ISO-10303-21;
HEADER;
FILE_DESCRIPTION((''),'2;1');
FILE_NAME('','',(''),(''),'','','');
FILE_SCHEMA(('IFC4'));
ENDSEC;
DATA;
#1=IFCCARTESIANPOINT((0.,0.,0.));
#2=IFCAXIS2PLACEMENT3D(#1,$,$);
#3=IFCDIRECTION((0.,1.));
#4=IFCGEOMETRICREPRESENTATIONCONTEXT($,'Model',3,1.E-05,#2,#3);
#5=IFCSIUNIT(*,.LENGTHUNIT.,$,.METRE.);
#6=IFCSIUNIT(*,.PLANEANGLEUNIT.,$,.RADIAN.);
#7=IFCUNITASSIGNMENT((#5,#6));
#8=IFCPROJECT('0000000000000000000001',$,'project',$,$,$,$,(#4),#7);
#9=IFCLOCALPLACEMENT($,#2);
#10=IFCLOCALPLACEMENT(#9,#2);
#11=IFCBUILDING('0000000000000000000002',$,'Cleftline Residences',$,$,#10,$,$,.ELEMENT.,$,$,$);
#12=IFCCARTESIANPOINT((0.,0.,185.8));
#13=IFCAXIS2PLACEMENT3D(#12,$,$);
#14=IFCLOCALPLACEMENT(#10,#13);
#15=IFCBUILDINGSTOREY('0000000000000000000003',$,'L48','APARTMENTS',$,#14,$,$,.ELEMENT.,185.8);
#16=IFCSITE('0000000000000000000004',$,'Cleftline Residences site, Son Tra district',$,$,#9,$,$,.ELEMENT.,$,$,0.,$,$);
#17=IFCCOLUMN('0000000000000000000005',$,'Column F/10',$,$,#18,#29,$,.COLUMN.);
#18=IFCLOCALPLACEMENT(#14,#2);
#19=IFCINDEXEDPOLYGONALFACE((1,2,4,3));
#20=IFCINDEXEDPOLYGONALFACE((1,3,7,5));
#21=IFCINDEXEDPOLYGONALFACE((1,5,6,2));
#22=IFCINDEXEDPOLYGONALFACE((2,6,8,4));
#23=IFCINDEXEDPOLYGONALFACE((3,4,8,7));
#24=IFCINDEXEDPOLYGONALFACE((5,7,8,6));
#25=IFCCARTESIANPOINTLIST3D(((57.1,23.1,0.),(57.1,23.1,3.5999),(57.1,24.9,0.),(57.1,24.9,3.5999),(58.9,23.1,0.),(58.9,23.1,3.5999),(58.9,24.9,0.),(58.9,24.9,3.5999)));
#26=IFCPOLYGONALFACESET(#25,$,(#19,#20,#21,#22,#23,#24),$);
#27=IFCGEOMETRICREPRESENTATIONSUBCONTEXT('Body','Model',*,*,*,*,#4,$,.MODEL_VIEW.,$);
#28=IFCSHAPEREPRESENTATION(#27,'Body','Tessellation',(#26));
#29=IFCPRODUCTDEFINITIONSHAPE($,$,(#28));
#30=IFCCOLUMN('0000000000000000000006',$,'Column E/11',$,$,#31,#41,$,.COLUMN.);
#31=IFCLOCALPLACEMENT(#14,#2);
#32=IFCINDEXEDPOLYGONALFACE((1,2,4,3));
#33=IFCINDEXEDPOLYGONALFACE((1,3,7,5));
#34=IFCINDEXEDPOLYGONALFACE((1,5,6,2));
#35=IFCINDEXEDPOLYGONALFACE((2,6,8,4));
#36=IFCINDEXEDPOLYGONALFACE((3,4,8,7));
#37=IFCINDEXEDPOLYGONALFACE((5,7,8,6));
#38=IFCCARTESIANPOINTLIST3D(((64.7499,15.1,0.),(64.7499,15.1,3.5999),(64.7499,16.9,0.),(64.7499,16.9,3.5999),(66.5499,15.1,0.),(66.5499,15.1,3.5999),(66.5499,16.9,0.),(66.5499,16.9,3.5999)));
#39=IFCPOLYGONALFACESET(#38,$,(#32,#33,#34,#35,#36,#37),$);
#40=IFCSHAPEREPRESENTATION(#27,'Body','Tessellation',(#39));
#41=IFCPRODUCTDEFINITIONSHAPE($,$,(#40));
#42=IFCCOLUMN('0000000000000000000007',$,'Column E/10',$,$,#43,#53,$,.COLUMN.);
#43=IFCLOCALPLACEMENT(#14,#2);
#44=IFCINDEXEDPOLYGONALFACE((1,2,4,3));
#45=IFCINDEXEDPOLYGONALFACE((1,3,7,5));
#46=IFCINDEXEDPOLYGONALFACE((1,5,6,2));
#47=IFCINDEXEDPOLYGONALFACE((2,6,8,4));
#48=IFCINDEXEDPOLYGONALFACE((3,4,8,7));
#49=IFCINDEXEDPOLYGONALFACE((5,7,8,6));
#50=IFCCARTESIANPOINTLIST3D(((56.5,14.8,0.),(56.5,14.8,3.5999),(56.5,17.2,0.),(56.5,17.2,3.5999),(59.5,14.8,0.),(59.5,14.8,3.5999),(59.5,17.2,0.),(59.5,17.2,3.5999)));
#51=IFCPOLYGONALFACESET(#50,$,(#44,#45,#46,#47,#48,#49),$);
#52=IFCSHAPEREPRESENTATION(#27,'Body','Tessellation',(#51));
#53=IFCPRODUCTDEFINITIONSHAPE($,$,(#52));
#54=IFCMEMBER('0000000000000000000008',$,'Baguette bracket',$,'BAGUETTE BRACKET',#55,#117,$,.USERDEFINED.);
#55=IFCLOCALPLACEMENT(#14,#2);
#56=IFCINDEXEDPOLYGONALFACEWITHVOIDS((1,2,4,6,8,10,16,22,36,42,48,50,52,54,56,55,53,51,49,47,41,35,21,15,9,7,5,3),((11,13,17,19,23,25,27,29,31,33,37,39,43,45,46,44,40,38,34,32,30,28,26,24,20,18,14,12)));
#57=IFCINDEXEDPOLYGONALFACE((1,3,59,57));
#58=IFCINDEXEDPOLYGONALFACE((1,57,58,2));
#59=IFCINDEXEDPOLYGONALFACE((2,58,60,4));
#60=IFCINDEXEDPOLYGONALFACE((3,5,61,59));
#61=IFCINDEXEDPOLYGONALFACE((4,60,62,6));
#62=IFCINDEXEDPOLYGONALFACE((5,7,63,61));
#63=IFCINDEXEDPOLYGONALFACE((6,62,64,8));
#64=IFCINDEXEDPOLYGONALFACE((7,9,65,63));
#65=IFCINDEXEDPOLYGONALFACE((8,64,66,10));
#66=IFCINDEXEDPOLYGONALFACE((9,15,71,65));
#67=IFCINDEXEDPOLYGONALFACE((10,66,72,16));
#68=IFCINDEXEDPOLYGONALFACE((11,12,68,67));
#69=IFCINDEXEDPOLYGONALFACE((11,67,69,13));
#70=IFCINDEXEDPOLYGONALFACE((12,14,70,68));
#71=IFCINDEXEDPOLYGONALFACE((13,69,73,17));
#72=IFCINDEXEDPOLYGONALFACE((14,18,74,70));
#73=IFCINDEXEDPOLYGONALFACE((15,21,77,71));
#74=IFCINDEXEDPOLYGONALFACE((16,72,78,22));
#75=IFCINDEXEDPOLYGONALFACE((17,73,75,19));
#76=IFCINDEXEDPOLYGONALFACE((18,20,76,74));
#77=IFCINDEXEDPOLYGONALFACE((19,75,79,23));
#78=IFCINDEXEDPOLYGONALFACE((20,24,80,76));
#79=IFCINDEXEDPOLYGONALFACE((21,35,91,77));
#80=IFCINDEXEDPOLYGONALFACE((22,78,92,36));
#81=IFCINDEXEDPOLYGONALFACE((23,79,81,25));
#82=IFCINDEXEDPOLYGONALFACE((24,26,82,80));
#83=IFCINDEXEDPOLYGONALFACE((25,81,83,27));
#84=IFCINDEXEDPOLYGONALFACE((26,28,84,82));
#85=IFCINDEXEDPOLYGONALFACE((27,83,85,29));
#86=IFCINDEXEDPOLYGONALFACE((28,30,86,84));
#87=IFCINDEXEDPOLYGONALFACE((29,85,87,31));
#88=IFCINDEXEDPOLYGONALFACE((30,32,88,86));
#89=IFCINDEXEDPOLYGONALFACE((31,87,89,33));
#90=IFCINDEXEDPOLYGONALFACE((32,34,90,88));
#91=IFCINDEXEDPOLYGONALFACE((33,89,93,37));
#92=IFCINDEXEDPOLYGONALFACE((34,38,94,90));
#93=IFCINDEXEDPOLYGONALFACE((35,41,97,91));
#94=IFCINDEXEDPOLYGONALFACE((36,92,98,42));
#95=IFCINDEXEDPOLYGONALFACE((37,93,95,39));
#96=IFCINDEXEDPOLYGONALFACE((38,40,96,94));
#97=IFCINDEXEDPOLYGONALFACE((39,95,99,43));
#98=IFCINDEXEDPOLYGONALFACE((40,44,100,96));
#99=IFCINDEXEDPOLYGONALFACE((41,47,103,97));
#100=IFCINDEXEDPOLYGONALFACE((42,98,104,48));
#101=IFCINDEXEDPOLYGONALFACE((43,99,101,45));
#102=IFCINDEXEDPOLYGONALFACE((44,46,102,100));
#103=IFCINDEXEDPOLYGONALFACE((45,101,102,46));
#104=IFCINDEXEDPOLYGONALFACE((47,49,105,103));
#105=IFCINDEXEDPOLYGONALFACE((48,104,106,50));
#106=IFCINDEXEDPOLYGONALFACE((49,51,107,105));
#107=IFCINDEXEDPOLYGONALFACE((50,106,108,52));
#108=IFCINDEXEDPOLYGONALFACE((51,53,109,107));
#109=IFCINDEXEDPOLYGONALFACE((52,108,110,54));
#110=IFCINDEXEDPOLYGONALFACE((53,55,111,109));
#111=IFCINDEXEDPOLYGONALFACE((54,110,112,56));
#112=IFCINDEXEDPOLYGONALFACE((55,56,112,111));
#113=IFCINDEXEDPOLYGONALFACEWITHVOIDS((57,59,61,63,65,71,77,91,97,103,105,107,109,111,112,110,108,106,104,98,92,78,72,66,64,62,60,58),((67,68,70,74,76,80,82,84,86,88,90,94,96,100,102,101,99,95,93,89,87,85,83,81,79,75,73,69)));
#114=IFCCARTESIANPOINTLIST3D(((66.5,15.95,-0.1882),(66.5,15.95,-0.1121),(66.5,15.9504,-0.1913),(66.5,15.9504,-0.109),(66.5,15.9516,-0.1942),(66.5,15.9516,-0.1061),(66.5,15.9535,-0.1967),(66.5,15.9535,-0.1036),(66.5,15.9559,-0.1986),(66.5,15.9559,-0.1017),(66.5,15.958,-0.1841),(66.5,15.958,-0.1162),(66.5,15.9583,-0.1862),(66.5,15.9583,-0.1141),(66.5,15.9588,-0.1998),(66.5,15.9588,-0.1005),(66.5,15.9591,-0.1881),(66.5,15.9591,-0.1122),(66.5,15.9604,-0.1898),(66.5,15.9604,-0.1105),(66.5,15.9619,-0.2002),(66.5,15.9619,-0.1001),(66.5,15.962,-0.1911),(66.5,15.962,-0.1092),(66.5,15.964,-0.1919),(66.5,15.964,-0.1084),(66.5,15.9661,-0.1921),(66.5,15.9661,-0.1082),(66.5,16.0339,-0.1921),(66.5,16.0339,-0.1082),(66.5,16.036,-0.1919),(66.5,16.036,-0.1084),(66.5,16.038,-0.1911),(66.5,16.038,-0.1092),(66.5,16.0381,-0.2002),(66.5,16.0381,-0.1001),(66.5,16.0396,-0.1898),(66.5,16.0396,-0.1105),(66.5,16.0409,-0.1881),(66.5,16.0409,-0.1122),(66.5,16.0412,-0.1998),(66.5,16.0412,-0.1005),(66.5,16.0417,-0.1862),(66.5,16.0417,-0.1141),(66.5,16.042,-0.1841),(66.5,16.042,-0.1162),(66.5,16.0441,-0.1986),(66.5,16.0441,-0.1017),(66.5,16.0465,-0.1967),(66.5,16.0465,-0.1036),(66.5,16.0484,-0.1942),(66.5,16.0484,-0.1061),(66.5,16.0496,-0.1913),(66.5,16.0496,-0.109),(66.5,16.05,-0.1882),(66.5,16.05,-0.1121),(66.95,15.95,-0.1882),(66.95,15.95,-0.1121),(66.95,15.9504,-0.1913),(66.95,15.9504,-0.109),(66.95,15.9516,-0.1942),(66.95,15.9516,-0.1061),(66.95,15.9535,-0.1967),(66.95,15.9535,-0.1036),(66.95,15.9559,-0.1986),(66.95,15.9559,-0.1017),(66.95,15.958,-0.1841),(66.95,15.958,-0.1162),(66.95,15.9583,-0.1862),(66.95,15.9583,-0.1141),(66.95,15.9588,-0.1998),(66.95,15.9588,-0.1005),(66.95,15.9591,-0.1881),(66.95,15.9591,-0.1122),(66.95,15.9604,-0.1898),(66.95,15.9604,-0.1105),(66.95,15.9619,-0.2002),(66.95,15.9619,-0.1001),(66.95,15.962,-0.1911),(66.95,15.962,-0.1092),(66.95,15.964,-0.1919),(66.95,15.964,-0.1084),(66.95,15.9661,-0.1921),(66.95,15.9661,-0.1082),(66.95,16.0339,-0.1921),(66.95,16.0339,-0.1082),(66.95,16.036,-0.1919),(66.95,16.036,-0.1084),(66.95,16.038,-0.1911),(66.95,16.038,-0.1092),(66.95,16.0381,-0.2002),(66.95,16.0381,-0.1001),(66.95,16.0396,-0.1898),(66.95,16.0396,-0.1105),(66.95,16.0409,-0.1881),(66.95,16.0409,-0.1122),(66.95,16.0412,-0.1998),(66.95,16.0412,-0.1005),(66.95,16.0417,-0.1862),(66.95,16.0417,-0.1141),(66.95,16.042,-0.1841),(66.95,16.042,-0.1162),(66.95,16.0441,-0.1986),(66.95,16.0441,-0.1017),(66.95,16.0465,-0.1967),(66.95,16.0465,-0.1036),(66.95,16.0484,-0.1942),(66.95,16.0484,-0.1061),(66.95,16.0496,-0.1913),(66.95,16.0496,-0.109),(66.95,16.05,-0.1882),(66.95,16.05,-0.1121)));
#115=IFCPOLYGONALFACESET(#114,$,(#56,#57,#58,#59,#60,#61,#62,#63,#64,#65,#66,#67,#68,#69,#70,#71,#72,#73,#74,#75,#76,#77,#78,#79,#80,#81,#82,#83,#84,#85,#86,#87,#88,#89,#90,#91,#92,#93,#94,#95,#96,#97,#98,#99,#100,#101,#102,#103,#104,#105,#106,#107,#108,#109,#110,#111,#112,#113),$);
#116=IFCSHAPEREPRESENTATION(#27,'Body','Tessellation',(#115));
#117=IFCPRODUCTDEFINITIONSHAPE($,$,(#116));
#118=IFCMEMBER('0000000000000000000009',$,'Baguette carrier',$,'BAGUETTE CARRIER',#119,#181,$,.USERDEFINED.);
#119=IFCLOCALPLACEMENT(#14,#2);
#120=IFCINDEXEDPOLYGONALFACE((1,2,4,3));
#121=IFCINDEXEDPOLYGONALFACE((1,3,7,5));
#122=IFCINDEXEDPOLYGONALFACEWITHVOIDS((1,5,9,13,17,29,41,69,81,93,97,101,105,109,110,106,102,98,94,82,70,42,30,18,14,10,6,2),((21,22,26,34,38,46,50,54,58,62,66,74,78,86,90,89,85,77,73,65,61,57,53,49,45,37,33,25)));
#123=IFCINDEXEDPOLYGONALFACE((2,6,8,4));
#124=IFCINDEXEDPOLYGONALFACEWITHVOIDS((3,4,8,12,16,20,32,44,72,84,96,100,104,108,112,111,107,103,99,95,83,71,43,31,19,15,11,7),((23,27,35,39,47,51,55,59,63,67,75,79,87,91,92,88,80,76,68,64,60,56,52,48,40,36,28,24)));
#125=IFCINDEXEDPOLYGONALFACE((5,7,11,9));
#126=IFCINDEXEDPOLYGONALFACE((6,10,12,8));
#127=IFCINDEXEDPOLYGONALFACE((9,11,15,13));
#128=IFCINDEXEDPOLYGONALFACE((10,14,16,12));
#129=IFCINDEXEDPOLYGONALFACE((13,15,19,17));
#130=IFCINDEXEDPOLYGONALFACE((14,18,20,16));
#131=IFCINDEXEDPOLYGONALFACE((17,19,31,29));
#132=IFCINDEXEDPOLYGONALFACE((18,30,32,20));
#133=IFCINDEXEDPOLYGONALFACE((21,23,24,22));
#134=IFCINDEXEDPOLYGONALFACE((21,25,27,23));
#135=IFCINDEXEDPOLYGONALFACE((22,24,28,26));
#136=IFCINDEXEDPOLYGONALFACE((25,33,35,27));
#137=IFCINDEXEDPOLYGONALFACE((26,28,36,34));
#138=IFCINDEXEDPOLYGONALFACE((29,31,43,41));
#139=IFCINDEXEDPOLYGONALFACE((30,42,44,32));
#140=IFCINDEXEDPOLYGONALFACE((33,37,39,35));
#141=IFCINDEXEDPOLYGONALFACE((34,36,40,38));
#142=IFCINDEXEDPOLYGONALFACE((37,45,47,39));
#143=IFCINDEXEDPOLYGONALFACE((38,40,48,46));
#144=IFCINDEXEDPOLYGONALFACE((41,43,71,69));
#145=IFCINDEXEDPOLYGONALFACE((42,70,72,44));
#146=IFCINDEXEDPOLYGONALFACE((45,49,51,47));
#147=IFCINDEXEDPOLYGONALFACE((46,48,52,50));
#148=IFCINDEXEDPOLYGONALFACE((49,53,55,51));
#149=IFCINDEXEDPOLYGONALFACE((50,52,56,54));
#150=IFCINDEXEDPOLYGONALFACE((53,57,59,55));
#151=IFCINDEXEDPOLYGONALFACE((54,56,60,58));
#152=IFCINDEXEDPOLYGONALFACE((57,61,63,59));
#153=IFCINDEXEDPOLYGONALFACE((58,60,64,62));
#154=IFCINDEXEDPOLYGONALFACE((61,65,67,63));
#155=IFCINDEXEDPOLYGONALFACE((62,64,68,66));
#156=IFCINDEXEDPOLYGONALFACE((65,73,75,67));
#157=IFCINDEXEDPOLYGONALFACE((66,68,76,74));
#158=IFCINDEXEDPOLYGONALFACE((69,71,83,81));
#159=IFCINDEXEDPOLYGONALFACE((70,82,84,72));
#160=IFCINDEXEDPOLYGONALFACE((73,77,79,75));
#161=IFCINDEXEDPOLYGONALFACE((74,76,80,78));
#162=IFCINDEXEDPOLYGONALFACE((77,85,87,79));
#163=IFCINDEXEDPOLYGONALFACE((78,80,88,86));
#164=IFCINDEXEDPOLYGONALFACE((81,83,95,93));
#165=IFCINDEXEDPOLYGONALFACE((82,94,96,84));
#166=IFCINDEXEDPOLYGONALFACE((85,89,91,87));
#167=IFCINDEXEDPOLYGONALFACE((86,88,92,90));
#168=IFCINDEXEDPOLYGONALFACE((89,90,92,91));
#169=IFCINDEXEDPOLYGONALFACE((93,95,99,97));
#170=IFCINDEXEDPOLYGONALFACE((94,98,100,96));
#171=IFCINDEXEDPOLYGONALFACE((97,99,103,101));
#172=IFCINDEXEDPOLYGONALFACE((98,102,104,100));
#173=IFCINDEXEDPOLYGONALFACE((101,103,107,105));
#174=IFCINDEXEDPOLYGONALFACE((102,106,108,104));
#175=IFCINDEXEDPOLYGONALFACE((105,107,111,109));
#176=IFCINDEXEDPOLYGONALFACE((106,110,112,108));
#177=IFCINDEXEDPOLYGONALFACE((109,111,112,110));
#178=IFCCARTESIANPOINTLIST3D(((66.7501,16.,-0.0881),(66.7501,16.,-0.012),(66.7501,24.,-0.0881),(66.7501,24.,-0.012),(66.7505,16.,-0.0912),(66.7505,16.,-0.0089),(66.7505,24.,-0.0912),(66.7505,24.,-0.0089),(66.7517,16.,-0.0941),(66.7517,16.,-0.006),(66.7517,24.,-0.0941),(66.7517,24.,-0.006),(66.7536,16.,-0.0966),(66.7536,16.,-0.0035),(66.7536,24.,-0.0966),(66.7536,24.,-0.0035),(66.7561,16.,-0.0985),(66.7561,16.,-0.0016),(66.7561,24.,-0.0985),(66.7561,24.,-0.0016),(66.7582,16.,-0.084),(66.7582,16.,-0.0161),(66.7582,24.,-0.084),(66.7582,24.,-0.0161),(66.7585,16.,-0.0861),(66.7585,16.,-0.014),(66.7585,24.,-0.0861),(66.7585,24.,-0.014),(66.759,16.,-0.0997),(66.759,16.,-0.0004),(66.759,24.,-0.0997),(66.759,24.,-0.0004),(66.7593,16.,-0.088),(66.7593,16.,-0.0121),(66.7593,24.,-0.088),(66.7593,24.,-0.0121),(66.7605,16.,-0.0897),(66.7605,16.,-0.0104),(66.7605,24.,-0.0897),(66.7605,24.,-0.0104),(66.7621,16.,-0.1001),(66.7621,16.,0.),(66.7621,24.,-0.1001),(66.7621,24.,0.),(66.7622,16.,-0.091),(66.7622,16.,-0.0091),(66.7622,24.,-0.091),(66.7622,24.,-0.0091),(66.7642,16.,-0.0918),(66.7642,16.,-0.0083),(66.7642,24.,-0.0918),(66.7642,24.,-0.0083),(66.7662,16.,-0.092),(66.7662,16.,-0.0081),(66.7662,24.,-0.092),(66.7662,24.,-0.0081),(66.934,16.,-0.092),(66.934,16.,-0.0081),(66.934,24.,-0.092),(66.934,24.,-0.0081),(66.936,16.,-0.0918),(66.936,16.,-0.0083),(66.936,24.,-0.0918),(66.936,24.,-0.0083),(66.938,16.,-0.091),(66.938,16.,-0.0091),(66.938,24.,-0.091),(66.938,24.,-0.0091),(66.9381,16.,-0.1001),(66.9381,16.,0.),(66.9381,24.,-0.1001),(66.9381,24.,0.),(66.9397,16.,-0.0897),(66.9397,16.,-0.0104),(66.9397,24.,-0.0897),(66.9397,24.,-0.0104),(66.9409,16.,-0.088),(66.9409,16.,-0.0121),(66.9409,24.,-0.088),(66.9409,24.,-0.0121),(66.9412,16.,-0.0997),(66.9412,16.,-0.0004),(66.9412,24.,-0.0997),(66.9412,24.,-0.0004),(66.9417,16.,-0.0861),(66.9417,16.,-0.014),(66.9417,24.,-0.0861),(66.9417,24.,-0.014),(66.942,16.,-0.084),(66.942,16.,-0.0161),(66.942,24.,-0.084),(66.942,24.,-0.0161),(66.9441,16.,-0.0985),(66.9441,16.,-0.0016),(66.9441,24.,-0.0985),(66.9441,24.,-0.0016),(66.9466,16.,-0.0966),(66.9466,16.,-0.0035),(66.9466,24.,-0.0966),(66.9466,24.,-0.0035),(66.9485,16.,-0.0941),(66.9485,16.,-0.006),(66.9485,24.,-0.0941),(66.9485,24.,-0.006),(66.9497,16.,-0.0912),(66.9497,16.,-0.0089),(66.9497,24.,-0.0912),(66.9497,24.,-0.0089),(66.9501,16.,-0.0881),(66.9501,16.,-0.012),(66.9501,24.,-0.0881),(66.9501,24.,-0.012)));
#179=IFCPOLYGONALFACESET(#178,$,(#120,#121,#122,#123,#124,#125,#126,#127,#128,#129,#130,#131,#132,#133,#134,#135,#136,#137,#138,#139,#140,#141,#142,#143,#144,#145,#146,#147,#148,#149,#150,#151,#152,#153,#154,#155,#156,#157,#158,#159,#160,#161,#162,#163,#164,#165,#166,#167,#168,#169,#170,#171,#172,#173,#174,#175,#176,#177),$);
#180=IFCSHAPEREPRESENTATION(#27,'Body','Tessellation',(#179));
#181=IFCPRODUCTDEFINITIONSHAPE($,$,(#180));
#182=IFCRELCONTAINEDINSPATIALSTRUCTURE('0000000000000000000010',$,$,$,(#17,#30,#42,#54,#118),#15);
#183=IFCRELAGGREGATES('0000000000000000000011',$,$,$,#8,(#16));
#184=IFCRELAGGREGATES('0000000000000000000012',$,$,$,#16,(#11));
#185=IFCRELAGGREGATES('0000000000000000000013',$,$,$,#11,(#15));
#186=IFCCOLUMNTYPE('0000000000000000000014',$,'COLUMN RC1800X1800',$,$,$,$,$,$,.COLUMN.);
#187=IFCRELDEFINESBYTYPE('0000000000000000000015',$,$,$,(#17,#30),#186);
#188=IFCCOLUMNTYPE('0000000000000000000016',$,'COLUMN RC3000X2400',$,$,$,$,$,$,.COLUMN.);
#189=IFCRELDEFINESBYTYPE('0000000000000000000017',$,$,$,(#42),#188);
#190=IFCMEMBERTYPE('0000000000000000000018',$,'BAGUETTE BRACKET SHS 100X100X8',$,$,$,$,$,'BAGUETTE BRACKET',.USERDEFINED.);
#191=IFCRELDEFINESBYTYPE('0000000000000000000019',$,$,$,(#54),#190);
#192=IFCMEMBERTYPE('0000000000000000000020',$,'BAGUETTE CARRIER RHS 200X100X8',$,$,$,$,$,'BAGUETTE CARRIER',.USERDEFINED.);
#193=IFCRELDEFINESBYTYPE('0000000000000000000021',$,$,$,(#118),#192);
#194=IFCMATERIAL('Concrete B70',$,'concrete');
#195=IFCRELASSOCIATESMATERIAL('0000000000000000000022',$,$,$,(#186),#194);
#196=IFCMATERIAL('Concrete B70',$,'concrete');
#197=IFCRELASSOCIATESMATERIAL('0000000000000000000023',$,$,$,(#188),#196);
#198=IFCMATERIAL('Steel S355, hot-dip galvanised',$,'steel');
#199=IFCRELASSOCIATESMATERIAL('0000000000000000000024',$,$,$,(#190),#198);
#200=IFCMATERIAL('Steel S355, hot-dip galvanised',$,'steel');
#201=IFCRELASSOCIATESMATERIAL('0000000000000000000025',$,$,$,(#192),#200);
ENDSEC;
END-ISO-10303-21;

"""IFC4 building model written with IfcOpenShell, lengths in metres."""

from ifc_helpers import new_model, si_unit, direction, frame, origin, origin_2d, place, context, subcontext, project, spatial, rectangle, hollow_rectangle, extrude, material, material_profile, profile_set, type_object, element, save


model = new_model("IFC4")

# Units and contexts
model_context = context("Model", 3, precision=1e-05, world=origin(), true_north=direction((0.0, 1.0)))
body_context = subcontext(model_context, "Body", "Model", "MODEL_VIEW")
ifc_project = project(units=[si_unit("LENGTHUNIT", "METRE"), si_unit("PLANEANGLEUNIT", "RADIAN")], contexts=[model_context])

# Site, building, storey
site_placement = place(None, origin())
site = spatial("IfcSite", under=ifc_project, at=site_placement, Name="Cleftline Residences site, Son Tra district", CompositionType="ELEMENT", RefElevation=0.0)
building_placement = place(site_placement, origin())
building = spatial("IfcBuilding", under=site, at=building_placement, Name="Cleftline Residences", CompositionType="ELEMENT")
storey_placement = place(building_placement, frame((0.0, 0.0, 185.8)))
storey = spatial("IfcBuildingStorey", under=building, at=storey_placement, Name="L48", Description="APARTMENTS", CompositionType="ELEMENT", Elevation=185.8)

# Columns
ifc_material_1 = material(Name="Concrete B70", Category="concrete")
ifc_material_profile_1 = material_profile(ifc_material_1, rectangle(XDim=1.8, YDim=1.8, at=origin_2d()))
ifc_profile_set_1 = profile_set([ifc_material_profile_1], Name="Concrete B70")
column_type_1 = type_object("IfcColumnType", Name="COLUMN RC1800X1800", PredefinedType="COLUMN", material=ifc_profile_set_1)
for number, where, z_axis, x_axis, name in (
    (1, (58.0, 24.0, 0.0), (0.0, 0.0, 1.0), (1.0, 0.0, 0.0), "Column F/10"),
    (2, (65.6499, 16.0, 0.0), (0.0, 0.0, 1.0), (1.0, 0.0, 0.0), "Column E/11"),
):
    element("IfcColumn", number, at=place(storey_placement, frame(where, z_axis=z_axis, x_axis=x_axis)), inside=storey, type_object=column_type_1, Name=name, PredefinedType="COLUMN", context=body_context, shape_type="SweptSolid", body=[
        extrude(rectangle(XDim=1.8, YDim=1.8, at=origin_2d()), origin(), (0.0, 0.0, 1.0), 3.5999),
    ])
ifc_material_2 = material(Name="Concrete B70", Category="concrete")
ifc_material_profile_2 = material_profile(ifc_material_2, rectangle(XDim=3.0, YDim=2.3999, at=origin_2d()))
ifc_profile_set_2 = profile_set([ifc_material_profile_2], Name="Concrete B70")
column_type_2 = type_object("IfcColumnType", Name="COLUMN RC3000X2400", PredefinedType="COLUMN", material=ifc_profile_set_2)
column_placement = place(storey_placement, frame((58.0, 16.0, 0.0), z_axis=(0.0, 0.0, 1.0), x_axis=(1.0, 0.0, 0.0)))
element("IfcColumn", 3, at=column_placement, inside=storey, type_object=column_type_2, Name="Column E/10", PredefinedType="COLUMN", context=body_context, shape_type="SweptSolid", body=[
    extrude(rectangle(XDim=3.0, YDim=2.3999, at=origin_2d()), origin(), (0.0, 0.0, 1.0), 3.5999),
])

# Members
ifc_material_3 = material(Name="Steel S355, hot-dip galvanised", Category="steel")
ifc_material_profile_3 = material_profile(ifc_material_3, hollow_rectangle(XDim=0.1001, YDim=0.1001, WallThickness=0.0081, InnerFilletRadius=0.0081, OuterFilletRadius=0.012, at=origin_2d()))
ifc_profile_set_3 = profile_set([ifc_material_profile_3], Name="Steel S355, hot-dip galvanised")
member_type_1 = type_object("IfcMemberType", Name="BAGUETTE BRACKET SHS 100X100X8", ElementType="BAGUETTE BRACKET", PredefinedType="USERDEFINED", material=ifc_profile_set_3)
member_1_placement = place(storey_placement, frame((66.5, 16.0, -0.1501), z_axis=(1.0, 0.0, 0.0), x_axis=(0.0, 1.0, 0.0)))
element("IfcMember", 4, at=member_1_placement, inside=storey, type_object=member_type_1, Name="Baguette bracket", ObjectType="BAGUETTE BRACKET", PredefinedType="USERDEFINED", context=body_context, shape_type="SweptSolid", body=[
    extrude(hollow_rectangle(XDim=0.1001, YDim=0.1001, WallThickness=0.0081, InnerFilletRadius=0.0081, OuterFilletRadius=0.012, at=origin_2d()), origin(), (0.0, 0.0, 1.0), 0.45),
])
ifc_material_4 = material(Name="Steel S355, hot-dip galvanised", Category="steel")
ifc_material_profile_4 = material_profile(ifc_material_4, hollow_rectangle(XDim=0.1001, YDim=0.2, WallThickness=0.0081, InnerFilletRadius=0.0081, OuterFilletRadius=0.012, at=origin_2d()))
ifc_profile_set_4 = profile_set([ifc_material_profile_4], Name="Steel S355, hot-dip galvanised")
member_type_2 = type_object("IfcMemberType", Name="BAGUETTE CARRIER RHS 200X100X8", ElementType="BAGUETTE CARRIER", PredefinedType="USERDEFINED", material=ifc_profile_set_4)
member_2_placement = place(storey_placement, frame((66.8501, 16.0, -0.05), z_axis=(0.0, 1.0, 0.0), x_axis=(0.0, 0.0, 1.0)))
element("IfcMember", 5, at=member_2_placement, inside=storey, type_object=member_type_2, Name="Baguette carrier", ObjectType="BAGUETTE CARRIER", PredefinedType="USERDEFINED", context=body_context, shape_type="SweptSolid", body=[
    extrude(hollow_rectangle(XDim=0.1001, YDim=0.2, WallThickness=0.0081, InnerFilletRadius=0.0081, OuterFilletRadius=0.012, at=origin_2d()), origin(), (0.0, 0.0, 1.0), 8.0),
])

save(model, "model.ifc")
